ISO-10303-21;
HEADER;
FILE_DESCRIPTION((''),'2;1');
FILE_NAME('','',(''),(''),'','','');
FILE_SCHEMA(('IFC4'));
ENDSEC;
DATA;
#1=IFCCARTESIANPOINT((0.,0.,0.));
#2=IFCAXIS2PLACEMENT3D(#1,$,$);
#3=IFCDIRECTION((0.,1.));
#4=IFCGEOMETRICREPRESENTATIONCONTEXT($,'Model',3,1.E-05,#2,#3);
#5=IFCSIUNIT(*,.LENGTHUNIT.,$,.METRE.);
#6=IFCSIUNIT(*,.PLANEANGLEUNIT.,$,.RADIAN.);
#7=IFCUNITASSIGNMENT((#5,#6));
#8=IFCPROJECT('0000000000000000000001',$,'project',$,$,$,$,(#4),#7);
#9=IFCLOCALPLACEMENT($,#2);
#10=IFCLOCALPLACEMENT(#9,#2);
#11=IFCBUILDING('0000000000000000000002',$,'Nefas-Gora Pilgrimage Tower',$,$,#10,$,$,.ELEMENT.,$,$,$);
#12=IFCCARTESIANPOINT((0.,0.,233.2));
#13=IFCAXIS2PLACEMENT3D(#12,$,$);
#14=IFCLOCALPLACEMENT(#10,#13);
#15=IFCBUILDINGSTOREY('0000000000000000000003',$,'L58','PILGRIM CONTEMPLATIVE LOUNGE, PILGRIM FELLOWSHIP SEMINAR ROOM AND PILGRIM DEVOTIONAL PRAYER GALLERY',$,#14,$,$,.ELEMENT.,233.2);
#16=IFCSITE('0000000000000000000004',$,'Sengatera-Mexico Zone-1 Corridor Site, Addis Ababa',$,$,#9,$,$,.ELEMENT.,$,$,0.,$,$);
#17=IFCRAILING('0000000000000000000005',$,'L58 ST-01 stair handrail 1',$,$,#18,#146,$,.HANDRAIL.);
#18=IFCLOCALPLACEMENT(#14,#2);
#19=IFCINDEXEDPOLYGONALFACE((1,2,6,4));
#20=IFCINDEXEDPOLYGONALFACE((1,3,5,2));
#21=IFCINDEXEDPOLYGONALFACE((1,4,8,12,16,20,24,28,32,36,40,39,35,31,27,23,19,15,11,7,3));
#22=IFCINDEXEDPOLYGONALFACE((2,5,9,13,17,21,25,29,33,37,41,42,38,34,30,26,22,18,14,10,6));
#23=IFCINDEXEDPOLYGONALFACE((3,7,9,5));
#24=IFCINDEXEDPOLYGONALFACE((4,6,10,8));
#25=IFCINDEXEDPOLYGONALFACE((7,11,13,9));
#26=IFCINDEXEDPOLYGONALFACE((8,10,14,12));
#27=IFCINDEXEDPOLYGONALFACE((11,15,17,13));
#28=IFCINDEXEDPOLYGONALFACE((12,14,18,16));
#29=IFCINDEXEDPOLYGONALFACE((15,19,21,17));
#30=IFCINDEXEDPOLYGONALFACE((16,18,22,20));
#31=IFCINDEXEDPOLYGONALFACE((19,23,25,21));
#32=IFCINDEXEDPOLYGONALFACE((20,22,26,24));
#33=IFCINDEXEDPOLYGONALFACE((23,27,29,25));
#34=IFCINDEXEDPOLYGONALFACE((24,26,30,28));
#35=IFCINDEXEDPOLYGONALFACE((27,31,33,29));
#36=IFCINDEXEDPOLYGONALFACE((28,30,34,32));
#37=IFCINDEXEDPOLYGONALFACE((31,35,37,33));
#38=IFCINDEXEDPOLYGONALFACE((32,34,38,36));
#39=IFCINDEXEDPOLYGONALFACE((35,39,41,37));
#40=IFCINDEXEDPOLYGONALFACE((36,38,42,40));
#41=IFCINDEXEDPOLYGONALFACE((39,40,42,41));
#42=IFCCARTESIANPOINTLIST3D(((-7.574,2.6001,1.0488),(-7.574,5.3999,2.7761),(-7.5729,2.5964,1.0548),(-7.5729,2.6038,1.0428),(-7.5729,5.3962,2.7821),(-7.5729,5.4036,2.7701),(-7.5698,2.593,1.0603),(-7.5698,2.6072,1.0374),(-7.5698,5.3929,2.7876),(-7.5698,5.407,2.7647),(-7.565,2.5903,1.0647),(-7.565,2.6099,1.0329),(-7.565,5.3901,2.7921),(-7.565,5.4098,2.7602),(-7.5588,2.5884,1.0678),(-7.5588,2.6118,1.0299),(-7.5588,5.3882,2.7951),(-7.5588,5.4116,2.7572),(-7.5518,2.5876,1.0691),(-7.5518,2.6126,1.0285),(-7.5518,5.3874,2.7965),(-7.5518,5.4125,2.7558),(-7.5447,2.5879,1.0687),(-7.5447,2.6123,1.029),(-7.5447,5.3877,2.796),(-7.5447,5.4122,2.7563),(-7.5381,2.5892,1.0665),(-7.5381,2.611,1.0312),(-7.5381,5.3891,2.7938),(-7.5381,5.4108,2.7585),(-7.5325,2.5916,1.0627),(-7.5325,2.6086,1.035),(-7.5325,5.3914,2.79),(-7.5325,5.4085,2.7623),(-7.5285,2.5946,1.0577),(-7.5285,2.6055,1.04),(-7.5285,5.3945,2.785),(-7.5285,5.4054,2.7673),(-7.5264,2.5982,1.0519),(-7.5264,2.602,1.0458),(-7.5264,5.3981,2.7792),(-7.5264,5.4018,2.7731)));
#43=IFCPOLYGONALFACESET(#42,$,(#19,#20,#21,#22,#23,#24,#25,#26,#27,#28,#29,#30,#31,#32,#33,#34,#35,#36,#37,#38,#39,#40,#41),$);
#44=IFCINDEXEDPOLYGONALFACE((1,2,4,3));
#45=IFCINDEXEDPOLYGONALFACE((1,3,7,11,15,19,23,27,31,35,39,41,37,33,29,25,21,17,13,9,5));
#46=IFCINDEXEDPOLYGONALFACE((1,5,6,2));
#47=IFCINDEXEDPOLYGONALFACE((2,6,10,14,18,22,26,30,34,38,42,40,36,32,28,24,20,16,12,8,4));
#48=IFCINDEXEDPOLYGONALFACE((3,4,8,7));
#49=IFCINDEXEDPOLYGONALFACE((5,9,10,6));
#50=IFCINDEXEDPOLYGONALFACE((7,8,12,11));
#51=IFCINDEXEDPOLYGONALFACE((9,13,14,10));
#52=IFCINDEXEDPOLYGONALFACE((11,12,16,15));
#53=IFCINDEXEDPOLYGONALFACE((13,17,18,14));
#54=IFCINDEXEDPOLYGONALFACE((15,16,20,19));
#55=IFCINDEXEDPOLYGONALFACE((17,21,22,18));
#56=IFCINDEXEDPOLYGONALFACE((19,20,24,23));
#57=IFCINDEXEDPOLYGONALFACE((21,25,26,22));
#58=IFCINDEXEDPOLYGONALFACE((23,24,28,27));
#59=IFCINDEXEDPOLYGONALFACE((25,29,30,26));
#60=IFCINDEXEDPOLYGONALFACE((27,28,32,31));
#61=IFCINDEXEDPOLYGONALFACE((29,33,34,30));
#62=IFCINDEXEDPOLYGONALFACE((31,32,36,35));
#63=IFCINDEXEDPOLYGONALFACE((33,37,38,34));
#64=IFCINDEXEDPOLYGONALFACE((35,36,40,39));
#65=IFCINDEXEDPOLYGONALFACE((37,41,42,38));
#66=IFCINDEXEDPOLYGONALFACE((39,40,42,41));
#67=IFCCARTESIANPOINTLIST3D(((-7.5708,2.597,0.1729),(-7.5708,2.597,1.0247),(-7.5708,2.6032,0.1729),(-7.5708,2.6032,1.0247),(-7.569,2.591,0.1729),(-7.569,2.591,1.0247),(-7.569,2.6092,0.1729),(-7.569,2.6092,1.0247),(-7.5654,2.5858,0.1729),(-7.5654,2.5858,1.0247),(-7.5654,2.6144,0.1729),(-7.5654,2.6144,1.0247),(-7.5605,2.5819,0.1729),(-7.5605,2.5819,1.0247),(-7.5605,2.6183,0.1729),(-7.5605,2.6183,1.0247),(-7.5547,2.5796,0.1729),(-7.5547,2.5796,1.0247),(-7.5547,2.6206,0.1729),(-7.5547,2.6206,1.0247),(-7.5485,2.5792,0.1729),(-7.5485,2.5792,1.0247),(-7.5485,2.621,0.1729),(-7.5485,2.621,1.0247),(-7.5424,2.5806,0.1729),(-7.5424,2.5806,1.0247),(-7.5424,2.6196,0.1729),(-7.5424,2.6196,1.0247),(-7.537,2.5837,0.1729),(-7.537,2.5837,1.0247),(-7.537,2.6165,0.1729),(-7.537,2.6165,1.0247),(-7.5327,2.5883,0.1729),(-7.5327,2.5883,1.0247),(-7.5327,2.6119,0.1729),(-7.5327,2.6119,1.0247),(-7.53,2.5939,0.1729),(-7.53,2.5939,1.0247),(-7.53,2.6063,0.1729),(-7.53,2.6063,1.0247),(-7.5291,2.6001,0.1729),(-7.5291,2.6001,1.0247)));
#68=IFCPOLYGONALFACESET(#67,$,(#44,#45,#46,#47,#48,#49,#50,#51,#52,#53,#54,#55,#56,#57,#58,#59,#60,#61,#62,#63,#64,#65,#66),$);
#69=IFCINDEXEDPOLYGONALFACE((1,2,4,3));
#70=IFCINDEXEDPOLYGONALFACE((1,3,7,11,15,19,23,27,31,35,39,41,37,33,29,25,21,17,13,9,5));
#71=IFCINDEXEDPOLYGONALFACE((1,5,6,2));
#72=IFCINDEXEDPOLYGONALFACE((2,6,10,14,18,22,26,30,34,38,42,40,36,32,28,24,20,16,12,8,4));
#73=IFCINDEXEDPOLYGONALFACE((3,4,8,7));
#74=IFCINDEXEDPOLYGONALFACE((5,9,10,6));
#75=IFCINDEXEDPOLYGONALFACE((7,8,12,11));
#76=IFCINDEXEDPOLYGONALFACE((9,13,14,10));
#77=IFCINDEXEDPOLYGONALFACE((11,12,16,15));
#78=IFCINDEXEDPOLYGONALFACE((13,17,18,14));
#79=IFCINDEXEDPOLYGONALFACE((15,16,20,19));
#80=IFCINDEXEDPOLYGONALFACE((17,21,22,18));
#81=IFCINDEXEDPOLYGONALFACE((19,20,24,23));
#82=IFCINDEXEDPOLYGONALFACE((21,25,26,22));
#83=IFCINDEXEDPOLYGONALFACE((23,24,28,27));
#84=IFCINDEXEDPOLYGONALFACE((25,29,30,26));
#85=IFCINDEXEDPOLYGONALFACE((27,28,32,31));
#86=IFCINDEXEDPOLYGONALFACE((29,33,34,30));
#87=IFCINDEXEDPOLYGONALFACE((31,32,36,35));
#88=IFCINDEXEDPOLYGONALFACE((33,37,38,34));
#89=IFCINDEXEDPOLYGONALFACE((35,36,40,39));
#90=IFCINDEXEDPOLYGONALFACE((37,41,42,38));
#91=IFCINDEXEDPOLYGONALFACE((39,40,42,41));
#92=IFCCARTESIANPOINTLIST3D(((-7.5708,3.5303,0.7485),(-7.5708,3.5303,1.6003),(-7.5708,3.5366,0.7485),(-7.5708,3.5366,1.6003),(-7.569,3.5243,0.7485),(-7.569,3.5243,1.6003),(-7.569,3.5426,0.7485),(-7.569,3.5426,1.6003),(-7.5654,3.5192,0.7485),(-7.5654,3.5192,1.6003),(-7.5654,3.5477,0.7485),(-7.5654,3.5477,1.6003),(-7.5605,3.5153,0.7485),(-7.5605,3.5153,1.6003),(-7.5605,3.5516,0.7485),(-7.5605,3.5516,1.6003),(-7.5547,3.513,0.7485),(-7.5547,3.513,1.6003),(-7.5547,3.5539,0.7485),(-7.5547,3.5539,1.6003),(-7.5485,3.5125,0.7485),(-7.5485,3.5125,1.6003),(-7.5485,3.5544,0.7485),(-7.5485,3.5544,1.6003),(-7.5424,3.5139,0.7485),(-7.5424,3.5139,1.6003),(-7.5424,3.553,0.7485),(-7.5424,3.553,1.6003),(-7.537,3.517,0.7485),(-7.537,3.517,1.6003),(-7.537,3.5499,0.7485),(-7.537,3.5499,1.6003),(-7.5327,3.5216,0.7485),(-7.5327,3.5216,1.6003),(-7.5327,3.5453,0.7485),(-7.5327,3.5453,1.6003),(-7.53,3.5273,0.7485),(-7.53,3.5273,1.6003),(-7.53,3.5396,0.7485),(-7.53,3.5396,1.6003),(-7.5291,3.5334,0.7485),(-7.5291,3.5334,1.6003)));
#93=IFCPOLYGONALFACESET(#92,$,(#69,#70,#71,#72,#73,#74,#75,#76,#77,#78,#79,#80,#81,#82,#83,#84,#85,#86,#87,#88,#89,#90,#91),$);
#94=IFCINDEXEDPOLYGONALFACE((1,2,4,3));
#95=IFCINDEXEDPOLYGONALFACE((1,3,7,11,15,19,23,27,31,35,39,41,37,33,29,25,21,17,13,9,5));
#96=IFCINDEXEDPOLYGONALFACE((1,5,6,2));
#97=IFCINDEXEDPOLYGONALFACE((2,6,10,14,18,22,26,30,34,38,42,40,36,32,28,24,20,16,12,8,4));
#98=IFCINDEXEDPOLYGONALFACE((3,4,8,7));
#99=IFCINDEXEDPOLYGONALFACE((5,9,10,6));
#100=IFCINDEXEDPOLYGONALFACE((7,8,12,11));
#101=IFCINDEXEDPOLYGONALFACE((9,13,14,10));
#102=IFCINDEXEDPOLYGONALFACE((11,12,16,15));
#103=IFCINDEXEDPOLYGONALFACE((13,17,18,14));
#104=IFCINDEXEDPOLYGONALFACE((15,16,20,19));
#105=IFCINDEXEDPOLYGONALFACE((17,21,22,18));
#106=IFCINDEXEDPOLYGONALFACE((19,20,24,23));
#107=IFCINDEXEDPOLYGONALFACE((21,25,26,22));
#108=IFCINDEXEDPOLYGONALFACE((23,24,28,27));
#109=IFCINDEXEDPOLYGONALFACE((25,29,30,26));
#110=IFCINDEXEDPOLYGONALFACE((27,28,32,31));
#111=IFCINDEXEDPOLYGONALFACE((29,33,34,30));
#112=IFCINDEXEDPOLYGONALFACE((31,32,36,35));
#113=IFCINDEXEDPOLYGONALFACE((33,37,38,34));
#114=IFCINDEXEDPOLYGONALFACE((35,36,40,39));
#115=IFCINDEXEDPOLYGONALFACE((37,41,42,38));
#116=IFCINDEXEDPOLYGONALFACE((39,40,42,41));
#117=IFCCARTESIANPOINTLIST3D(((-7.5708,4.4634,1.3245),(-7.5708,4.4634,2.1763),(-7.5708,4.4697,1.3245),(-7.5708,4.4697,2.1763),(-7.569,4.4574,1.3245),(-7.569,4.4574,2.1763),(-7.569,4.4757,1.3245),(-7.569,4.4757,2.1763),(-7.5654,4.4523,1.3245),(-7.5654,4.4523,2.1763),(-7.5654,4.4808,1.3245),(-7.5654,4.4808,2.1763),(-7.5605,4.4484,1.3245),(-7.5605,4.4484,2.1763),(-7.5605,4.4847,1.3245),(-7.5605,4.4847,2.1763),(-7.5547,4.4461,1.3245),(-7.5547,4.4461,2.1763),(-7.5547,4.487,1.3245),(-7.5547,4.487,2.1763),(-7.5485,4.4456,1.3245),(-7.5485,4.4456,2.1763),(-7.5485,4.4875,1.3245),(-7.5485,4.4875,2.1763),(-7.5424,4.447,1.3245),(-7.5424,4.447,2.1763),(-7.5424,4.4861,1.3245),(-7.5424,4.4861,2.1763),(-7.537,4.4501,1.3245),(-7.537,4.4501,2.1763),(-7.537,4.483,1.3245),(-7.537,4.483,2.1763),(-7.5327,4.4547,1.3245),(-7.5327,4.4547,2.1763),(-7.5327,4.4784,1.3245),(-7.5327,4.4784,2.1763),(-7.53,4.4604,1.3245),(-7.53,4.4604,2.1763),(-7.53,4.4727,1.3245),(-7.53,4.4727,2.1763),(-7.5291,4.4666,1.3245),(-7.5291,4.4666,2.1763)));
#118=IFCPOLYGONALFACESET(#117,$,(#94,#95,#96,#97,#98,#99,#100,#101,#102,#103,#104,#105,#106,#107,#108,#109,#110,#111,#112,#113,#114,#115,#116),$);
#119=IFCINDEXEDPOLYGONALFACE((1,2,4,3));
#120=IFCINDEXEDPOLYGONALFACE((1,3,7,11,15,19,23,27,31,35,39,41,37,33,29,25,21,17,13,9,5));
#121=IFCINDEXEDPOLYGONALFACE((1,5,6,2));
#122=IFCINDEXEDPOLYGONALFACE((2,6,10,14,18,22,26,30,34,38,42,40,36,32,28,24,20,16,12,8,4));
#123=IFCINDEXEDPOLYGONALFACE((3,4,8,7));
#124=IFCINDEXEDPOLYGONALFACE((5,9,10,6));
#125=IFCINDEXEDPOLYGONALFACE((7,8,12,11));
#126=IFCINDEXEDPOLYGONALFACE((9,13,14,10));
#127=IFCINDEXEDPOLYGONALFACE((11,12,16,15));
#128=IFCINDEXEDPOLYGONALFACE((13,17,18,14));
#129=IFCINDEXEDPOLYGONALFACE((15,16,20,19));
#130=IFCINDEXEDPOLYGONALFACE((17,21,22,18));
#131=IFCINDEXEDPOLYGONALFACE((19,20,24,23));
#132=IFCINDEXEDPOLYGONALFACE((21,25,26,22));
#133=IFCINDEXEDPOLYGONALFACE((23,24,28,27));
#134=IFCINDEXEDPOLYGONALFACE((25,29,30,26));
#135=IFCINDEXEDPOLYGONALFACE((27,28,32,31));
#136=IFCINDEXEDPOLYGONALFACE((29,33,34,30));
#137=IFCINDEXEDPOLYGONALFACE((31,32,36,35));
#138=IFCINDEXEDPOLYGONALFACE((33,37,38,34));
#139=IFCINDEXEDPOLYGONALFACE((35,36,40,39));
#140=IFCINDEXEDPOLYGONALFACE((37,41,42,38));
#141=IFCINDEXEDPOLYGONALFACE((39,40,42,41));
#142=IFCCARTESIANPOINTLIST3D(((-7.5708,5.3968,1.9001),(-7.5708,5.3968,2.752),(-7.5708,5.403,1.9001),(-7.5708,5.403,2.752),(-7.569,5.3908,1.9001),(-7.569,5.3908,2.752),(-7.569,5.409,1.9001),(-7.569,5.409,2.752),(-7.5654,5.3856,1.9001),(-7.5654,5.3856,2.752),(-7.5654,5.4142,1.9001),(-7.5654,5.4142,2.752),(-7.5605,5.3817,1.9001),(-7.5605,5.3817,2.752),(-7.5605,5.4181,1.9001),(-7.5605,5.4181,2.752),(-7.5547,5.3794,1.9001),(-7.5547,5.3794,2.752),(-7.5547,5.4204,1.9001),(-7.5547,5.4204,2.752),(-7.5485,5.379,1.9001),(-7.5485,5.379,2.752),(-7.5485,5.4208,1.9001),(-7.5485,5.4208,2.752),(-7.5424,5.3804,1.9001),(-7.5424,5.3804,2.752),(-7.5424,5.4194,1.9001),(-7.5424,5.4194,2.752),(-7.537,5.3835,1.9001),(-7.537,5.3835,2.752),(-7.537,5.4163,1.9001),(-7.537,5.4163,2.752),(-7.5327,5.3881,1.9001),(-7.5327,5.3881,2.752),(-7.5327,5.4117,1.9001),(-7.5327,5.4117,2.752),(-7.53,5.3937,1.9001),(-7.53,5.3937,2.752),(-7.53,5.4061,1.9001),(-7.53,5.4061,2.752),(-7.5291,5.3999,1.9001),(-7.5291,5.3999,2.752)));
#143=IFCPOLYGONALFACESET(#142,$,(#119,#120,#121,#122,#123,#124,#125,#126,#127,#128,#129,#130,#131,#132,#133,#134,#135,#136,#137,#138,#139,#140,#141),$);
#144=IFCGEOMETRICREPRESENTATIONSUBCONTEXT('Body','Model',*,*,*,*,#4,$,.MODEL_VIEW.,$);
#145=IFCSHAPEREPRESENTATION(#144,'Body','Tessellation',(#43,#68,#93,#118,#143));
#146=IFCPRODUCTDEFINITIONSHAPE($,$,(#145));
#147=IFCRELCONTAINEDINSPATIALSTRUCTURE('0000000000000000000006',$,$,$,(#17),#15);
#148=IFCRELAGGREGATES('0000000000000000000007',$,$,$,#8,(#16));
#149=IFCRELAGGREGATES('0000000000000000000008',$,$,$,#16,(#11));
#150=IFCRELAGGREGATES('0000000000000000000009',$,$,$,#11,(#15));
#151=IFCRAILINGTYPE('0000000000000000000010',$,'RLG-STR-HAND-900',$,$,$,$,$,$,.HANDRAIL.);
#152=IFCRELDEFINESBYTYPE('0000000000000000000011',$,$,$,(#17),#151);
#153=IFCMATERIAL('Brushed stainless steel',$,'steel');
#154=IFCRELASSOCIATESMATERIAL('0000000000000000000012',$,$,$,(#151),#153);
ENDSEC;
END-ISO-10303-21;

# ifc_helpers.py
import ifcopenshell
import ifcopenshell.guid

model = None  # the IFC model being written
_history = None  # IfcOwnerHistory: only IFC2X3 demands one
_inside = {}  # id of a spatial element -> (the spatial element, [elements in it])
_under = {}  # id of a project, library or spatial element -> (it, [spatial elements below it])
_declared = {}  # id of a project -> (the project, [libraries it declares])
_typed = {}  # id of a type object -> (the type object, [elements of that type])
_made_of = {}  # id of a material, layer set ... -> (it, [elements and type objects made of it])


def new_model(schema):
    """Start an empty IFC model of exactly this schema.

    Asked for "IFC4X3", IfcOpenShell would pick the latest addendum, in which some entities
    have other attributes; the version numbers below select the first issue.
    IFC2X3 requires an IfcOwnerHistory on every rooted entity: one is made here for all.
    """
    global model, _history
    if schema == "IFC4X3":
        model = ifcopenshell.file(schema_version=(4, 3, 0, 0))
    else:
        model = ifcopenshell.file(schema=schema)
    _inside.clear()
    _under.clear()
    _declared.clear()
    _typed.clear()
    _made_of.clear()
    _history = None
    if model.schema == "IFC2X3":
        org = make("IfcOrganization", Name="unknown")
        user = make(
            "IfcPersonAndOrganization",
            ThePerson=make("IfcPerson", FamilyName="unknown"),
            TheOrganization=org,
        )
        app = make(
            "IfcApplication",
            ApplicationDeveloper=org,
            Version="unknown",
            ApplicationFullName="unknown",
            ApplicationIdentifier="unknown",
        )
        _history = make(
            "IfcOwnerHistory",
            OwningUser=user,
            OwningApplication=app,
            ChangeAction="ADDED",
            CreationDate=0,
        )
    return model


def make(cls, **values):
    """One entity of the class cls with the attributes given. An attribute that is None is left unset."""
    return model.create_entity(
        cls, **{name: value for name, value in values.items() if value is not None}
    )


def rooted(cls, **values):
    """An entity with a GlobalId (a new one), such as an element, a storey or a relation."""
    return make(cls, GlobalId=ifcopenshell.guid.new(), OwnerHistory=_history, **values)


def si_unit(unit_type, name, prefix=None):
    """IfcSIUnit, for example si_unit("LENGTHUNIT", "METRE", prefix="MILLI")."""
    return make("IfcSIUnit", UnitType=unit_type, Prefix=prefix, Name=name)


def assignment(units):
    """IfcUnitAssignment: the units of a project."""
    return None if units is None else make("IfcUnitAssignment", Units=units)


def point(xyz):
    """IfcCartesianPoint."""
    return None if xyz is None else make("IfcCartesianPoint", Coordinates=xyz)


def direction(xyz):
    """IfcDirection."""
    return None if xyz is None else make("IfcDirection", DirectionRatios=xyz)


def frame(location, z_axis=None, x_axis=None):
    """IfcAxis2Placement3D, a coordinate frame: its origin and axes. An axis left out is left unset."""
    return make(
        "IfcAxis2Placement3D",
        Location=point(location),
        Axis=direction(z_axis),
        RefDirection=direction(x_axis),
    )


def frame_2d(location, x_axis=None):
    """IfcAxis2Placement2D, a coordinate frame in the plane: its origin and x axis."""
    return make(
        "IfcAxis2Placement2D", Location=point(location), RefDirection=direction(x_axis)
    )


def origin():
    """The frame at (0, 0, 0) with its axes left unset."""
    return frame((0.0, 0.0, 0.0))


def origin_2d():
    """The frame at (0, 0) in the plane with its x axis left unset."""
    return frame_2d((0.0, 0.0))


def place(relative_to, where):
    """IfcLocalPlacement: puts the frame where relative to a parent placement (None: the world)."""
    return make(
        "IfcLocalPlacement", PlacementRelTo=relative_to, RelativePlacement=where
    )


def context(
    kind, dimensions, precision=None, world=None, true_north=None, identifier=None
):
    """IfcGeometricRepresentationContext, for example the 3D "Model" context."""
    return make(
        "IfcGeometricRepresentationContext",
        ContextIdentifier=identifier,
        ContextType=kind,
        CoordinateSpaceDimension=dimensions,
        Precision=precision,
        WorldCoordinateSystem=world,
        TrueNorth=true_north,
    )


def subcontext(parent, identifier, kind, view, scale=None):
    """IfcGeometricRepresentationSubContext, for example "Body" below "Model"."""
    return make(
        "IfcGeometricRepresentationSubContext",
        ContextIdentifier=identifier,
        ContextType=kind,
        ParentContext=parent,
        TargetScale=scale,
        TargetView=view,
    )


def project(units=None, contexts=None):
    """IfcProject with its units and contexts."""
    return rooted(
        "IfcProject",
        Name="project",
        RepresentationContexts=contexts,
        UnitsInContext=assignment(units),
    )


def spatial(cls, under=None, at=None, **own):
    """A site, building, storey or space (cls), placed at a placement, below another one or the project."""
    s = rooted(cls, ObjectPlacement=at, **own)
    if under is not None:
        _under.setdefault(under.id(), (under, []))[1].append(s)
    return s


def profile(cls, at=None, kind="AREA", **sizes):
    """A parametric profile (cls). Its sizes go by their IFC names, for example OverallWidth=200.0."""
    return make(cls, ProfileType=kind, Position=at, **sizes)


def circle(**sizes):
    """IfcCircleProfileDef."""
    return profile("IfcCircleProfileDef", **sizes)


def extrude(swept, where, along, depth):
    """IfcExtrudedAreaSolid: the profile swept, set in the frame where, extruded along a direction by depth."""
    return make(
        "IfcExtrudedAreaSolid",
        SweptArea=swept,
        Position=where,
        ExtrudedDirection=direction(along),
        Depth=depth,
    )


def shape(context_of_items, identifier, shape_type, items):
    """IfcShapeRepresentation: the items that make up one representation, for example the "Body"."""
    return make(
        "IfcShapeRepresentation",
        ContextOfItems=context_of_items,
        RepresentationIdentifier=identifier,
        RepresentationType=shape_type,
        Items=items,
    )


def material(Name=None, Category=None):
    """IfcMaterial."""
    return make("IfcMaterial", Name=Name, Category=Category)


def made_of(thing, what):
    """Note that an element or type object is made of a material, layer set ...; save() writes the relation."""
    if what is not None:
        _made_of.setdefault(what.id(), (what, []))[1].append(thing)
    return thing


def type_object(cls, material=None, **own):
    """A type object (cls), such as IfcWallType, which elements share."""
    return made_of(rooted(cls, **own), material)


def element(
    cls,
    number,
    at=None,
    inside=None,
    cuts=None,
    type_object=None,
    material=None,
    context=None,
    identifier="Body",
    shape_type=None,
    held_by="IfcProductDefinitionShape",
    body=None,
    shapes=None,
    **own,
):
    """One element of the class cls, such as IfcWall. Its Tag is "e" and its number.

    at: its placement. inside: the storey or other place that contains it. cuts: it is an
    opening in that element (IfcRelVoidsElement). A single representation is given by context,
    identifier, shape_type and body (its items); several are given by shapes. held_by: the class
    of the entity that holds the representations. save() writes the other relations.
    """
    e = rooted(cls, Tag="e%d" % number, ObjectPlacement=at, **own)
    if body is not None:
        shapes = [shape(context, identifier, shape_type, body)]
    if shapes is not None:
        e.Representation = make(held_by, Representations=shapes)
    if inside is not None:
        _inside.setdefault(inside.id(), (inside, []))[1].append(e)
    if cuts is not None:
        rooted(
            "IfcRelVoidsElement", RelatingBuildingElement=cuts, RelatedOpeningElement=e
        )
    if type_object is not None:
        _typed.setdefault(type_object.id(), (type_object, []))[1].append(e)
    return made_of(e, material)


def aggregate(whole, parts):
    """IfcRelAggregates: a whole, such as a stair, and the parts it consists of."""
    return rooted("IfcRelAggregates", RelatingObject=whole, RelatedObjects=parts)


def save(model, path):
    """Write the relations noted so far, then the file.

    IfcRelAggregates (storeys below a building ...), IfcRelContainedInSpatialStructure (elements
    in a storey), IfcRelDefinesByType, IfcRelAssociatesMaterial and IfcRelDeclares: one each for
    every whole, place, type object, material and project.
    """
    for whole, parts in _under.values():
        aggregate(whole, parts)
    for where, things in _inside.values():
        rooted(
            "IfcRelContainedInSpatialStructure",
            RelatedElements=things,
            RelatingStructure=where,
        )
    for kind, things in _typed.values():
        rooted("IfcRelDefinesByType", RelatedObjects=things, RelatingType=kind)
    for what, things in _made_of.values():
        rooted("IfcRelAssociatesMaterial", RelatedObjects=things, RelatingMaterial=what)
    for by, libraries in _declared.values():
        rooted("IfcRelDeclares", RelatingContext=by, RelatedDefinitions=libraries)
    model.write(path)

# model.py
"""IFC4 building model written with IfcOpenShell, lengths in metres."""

from ifc_helpers import new_model, si_unit, direction, frame, origin, origin_2d, place, context, subcontext, project, spatial, circle, extrude, material, type_object, element, save


model = new_model("IFC4")

# Units and contexts
model_context = context("Model", 3, precision=1e-05, world=origin(), true_north=direction((0.0, 1.0)))
body_context = subcontext(model_context, "Body", "Model", "MODEL_VIEW")
ifc_project = project(units=[si_unit("LENGTHUNIT", "METRE"), si_unit("PLANEANGLEUNIT", "RADIAN")], contexts=[model_context])

# Site, building, storey
site_placement = place(None, origin())
site = spatial("IfcSite", under=ifc_project, at=site_placement, Name="Sengatera-Mexico Zone-1 Corridor Site, Addis Ababa", CompositionType="ELEMENT", RefElevation=0.0)
building_placement = place(site_placement, origin())
building = spatial("IfcBuilding", under=site, at=building_placement, Name="Nefas-Gora Pilgrimage Tower", CompositionType="ELEMENT")
storey_placement = place(building_placement, frame((0.0, 0.0, 233.2)))
storey = spatial("IfcBuildingStorey", under=building, at=storey_placement, Name="L58", Description="PILGRIM CONTEMPLATIVE LOUNGE, PILGRIM FELLOWSHIP SEMINAR ROOM AND PILGRIM DEVOTIONAL PRAYER GALLERY", CompositionType="ELEMENT", Elevation=233.2)

# Railing
ifc_material_1 = material(Name="Brushed stainless steel", Category="steel")
railing_type_1 = type_object("IfcRailingType", Name="RLG-STR-HAND-900", PredefinedType="HANDRAIL", material=ifc_material_1)
railing_1_placement = place(storey_placement, frame((-7.55, 2.6001, 0.1729)))
element("IfcRailing", 1, at=railing_1_placement, inside=storey, type_object=railing_type_1, Name="L58 ST-01 stair handrail 1", PredefinedType="HANDRAIL", context=body_context, shape_type="SweptSolid", body=[
    extrude(circle(Radius=0.0239, at=origin_2d()), frame((0.0, 0.0, 0.876), z_axis=(0.0, 0.851069, 0.525054), x_axis=(-1.0, 0.0, 0.0)), (0.0, 0.0, 1.0), 3.2898),
    extrude(circle(Radius=0.021, at=origin_2d()), origin(), (0.0, 0.0, 1.0), 0.8518),
    extrude(circle(Radius=0.021, at=origin_2d()), frame((0.0, 0.9333, 0.5757)), (0.0, 0.0, 1.0), 0.8518),
    extrude(circle(Radius=0.021, at=origin_2d()), frame((0.0, 1.8665, 1.1516)), (0.0, 0.0, 1.0), 0.8518),
    extrude(circle(Radius=0.021, at=origin_2d()), frame((0.0, 2.7998, 1.7273)), (0.0, 0.0, 1.0), 0.8518),
])

save(model, "model.ifc")
